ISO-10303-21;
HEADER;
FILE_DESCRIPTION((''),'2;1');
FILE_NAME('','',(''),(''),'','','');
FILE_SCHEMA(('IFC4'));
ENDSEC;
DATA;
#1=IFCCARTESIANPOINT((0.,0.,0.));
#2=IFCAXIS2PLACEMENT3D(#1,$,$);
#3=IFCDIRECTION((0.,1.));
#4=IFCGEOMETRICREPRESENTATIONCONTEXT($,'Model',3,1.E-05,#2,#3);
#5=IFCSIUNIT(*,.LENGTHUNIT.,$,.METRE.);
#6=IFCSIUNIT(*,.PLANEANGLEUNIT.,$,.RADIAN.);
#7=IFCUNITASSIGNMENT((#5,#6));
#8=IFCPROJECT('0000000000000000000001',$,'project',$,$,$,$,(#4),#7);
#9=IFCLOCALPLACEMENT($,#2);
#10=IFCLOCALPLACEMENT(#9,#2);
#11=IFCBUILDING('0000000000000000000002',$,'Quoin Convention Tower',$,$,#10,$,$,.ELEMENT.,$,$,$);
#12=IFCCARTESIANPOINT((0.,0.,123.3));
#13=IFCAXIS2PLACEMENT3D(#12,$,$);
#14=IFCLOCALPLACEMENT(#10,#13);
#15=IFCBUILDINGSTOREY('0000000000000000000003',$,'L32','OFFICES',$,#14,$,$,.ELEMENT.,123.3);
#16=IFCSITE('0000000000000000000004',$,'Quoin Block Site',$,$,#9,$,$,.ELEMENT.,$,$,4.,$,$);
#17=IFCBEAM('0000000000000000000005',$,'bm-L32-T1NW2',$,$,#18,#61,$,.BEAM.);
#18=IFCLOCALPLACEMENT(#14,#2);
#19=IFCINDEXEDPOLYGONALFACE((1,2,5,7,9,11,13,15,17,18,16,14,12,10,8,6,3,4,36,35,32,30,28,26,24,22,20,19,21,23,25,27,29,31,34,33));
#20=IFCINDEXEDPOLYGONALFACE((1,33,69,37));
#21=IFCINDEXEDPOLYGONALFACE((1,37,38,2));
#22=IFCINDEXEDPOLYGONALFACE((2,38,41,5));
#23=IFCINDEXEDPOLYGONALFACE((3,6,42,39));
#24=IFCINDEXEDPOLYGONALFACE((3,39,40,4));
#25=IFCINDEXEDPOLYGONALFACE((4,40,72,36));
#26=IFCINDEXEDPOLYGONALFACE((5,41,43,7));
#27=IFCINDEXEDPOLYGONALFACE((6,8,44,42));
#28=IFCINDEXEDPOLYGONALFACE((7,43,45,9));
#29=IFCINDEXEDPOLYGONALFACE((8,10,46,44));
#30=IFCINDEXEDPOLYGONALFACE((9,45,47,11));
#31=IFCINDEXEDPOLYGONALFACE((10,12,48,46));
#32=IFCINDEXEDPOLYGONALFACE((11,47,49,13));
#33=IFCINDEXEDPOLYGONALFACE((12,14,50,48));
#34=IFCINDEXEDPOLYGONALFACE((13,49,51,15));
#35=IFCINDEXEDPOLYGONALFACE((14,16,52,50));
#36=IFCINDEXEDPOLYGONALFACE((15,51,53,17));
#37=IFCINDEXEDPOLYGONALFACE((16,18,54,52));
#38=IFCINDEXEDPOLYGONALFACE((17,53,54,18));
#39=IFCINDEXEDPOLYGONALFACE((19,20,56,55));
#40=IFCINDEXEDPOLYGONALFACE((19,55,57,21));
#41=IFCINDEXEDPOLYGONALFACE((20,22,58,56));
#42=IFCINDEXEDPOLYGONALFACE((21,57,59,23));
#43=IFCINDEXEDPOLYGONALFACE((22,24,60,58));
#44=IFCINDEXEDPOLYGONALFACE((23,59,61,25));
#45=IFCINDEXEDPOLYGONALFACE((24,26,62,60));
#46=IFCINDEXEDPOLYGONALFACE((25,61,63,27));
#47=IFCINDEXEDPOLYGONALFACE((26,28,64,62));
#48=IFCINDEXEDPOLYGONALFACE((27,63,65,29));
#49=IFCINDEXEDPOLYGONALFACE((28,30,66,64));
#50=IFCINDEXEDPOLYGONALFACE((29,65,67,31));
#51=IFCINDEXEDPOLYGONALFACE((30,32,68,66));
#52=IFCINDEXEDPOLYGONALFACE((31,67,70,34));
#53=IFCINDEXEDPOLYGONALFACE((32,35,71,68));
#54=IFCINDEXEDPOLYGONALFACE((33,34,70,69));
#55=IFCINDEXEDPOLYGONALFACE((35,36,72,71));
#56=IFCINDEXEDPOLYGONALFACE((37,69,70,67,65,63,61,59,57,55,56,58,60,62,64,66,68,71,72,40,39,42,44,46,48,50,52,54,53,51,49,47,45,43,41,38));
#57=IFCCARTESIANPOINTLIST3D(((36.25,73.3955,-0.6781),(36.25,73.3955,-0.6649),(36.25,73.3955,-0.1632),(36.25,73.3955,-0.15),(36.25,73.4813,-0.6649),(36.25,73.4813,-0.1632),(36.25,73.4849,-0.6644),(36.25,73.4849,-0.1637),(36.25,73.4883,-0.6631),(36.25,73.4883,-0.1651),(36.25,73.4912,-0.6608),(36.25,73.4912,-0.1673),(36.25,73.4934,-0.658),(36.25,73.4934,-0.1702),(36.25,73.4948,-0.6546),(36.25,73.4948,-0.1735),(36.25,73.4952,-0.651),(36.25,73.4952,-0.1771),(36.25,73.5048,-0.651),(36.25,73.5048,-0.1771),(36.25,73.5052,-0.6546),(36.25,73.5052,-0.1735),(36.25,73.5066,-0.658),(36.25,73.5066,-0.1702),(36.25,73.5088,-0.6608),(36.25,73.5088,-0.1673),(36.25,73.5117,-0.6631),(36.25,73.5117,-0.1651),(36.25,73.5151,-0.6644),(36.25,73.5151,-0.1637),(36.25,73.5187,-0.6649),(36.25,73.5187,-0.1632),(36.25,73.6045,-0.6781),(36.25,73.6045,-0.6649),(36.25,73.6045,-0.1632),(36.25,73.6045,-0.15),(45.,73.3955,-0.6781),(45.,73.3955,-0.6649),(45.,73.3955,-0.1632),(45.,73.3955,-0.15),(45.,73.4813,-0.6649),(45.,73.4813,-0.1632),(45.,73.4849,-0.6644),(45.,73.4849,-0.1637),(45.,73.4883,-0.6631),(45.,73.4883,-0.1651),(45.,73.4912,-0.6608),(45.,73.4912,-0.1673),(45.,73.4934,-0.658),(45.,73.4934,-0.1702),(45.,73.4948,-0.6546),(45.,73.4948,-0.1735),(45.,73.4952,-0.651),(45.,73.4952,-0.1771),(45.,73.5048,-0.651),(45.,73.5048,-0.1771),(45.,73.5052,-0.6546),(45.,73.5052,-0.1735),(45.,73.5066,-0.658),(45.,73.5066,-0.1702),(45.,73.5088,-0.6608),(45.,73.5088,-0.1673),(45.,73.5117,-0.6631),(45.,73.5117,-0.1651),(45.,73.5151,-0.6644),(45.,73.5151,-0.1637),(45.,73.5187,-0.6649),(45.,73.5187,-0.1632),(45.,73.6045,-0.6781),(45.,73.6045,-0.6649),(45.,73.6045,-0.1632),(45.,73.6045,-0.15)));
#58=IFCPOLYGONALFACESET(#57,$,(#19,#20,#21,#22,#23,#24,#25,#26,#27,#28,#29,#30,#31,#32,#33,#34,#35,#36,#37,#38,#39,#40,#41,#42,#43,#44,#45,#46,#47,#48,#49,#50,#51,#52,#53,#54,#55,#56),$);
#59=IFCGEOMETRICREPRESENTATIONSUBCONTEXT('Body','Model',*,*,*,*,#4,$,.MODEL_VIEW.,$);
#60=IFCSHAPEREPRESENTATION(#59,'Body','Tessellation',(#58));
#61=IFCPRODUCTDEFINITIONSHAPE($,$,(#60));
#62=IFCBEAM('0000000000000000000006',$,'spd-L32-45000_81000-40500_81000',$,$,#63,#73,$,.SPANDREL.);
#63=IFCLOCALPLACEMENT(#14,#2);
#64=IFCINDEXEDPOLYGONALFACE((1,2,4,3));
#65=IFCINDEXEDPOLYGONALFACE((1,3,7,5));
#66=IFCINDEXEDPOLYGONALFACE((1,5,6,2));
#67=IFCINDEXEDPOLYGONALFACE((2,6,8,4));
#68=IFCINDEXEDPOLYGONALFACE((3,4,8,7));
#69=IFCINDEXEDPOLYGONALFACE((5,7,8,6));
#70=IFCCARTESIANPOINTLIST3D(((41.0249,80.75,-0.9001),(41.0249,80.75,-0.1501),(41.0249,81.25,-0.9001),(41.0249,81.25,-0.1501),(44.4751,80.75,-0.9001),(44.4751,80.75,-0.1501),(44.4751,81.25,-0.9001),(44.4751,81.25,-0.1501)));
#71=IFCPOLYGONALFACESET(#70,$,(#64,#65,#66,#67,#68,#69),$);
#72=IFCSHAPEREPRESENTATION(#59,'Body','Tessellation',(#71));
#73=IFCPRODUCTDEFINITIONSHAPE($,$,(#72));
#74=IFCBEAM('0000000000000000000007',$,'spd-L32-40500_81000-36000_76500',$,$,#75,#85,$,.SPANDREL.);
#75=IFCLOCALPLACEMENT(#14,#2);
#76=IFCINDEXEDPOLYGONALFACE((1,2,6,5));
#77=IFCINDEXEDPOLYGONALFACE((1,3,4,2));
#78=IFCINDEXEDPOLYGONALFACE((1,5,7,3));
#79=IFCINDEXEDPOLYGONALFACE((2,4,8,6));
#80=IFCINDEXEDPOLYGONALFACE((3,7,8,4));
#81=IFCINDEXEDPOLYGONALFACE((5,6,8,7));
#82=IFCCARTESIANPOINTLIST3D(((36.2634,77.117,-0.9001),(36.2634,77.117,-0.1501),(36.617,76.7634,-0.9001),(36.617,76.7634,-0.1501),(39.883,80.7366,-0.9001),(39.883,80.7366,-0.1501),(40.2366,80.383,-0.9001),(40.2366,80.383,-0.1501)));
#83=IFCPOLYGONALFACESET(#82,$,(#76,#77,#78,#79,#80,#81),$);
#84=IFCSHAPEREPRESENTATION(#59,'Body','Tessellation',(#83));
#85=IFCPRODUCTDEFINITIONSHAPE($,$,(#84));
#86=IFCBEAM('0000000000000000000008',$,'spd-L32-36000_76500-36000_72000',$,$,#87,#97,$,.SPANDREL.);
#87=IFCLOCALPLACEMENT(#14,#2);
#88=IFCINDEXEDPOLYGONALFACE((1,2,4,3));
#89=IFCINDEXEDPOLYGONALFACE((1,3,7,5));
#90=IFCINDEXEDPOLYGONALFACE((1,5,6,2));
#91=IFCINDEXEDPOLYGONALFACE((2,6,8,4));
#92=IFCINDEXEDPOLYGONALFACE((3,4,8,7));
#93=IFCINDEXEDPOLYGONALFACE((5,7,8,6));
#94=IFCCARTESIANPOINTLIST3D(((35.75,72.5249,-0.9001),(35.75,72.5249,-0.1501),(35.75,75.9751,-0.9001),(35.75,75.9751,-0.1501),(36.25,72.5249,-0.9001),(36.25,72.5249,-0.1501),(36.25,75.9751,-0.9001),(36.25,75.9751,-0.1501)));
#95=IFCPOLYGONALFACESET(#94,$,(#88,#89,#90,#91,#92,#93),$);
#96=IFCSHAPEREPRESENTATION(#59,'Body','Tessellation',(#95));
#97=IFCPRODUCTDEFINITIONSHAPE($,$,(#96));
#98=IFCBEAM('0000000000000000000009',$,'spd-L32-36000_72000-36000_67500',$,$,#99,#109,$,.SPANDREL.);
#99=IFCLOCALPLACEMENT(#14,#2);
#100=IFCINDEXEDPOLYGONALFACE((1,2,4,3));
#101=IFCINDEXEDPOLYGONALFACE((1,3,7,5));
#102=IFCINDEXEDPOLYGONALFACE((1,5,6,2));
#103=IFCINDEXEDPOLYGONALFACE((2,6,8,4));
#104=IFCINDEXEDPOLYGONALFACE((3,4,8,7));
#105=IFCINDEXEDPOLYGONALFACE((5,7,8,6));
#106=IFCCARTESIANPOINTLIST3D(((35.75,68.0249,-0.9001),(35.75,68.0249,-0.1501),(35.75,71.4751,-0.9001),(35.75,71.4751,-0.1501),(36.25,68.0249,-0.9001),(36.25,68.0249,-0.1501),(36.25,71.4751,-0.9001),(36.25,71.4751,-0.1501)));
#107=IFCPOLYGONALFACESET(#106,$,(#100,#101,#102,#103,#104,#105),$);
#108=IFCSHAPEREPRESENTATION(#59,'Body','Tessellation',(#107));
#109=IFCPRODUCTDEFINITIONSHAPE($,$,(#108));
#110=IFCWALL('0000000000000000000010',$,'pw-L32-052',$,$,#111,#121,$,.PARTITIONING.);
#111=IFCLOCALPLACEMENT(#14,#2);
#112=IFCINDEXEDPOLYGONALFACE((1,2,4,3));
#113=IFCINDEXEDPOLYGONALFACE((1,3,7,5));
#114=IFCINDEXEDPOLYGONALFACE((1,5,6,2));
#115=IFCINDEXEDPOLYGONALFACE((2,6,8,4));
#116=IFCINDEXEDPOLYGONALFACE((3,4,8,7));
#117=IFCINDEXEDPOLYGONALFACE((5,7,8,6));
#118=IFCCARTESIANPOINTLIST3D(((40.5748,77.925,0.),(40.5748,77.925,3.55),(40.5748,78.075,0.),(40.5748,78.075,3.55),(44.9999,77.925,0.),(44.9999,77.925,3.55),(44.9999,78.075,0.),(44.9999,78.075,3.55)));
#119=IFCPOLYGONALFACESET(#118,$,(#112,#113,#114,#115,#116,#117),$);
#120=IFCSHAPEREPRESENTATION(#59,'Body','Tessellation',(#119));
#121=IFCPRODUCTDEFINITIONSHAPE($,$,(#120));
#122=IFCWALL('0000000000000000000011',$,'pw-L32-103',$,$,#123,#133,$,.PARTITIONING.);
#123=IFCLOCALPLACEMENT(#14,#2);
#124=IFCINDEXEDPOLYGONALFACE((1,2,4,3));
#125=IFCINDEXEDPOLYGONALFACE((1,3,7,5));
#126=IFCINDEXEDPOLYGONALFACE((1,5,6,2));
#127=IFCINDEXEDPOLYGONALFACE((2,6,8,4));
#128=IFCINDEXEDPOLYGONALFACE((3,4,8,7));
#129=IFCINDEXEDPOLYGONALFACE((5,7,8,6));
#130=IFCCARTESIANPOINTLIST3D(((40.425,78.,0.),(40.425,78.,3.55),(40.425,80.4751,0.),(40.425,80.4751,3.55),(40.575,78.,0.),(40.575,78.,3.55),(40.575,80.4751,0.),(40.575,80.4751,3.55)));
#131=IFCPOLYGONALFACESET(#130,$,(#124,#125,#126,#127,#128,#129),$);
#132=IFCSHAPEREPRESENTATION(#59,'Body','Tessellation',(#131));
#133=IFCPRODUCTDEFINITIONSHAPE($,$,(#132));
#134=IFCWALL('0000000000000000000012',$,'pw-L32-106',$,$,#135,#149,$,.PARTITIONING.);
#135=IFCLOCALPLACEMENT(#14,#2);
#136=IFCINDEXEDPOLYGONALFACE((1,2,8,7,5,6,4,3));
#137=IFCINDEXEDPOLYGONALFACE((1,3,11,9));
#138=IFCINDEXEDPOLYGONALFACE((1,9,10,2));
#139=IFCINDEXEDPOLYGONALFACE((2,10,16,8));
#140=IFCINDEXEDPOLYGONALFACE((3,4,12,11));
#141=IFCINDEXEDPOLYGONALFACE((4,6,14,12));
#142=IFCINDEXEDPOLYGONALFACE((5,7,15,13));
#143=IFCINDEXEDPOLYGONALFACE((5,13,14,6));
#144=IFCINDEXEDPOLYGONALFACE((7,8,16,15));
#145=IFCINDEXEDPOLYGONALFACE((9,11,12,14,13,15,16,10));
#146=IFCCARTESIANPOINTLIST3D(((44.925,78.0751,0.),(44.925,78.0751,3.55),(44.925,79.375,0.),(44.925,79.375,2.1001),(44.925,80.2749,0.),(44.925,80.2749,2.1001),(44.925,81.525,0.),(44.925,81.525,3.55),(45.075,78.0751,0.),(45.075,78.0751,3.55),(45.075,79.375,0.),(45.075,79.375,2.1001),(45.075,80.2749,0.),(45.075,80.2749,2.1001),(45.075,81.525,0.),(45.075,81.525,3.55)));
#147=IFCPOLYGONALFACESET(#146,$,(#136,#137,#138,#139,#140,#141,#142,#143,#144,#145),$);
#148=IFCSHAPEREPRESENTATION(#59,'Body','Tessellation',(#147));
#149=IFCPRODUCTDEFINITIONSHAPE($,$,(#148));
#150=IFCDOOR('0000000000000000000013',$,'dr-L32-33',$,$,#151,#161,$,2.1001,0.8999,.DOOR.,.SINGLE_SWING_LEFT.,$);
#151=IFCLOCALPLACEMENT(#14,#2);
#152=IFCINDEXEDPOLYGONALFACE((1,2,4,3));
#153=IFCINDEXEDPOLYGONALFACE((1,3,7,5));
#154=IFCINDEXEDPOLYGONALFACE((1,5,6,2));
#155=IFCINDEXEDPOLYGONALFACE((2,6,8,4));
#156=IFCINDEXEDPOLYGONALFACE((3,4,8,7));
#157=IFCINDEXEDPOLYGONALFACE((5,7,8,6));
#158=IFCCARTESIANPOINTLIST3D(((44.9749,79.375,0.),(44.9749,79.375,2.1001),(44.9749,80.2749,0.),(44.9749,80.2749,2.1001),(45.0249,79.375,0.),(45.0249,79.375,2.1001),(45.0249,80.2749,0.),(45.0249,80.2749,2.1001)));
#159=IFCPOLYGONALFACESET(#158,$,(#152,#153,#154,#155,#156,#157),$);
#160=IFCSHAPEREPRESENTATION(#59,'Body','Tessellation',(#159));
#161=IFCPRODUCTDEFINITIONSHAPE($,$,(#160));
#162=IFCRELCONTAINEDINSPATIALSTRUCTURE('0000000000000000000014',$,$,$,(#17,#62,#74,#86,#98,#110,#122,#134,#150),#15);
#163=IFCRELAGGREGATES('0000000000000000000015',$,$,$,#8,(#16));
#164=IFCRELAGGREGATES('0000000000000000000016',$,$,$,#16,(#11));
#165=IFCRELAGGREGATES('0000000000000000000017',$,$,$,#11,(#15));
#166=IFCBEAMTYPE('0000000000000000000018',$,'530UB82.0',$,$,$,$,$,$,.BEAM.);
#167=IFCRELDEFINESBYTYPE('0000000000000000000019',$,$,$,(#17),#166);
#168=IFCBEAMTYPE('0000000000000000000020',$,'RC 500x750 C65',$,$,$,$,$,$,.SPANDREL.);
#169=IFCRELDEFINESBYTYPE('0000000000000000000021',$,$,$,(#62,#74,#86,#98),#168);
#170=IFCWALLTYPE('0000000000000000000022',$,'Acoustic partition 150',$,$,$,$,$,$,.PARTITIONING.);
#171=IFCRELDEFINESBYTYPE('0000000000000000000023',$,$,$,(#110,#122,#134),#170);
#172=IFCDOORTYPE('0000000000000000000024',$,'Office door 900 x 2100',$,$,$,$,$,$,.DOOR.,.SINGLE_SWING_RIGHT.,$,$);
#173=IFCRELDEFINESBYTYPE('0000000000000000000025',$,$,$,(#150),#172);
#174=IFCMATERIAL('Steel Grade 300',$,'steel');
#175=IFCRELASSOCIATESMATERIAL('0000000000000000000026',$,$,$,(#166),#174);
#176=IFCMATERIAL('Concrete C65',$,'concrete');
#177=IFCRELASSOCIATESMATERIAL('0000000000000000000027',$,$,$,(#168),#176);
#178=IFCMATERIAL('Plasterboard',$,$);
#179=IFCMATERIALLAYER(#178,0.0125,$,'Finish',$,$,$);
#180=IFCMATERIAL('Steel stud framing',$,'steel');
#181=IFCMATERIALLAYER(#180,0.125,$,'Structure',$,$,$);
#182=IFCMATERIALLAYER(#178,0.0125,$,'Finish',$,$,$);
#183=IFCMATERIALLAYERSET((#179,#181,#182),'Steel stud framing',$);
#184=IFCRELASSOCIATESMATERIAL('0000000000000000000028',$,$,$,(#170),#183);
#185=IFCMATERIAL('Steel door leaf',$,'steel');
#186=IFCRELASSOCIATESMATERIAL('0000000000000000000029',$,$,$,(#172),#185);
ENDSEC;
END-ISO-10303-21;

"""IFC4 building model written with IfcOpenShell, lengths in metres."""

from ifc_helpers import new_model, si_unit, direction, frame, frame_2d, origin, origin_2d, place, context, subcontext, project, spatial, rectangle, i_section, extrude, material, layer, layer_set, material_profile, profile_set, type_object, element, fill, save


model = new_model("IFC4")

# Units and contexts
model_context = context("Model", 3, precision=1e-05, world=origin(), true_north=direction((0.0, 1.0)))
body_context = subcontext(model_context, "Body", "Model", "MODEL_VIEW")
ifc_project = project(units=[si_unit("LENGTHUNIT", "METRE"), si_unit("PLANEANGLEUNIT", "RADIAN")], contexts=[model_context])

# Site, building, storey
site_placement = place(None, origin())
site = spatial("IfcSite", under=ifc_project, at=site_placement, Name="Quoin Block Site", CompositionType="ELEMENT", RefElevation=4.0)
building_placement = place(site_placement, origin())
building = spatial("IfcBuilding", under=site, at=building_placement, Name="Quoin Convention Tower", CompositionType="ELEMENT")
storey_placement = place(building_placement, frame((0.0, 0.0, 123.3)))
storey = spatial("IfcBuildingStorey", under=building, at=storey_placement, Name="L32", Description="OFFICES", CompositionType="ELEMENT", Elevation=123.3)

# Shared definitions
ifc_material_1 = material(Name="Concrete C65", Category="concrete")

# Beams
ifc_material_2 = material(Name="Steel Grade 300", Category="steel")
ifc_material_profile_1 = material_profile(ifc_material_2, i_section(OverallWidth=0.209, OverallDepth=0.5281, WebThickness=0.0095, FlangeThickness=0.0132, FilletRadius=0.0139, at=origin_2d()), Name="530UB82.0")
ifc_profile_set_1 = profile_set([ifc_material_profile_1], Name="Steel Grade 300")
beam_type_1 = type_object("IfcBeamType", Name="530UB82.0", PredefinedType="BEAM", material=ifc_profile_set_1)
beam_1_placement = place(storey_placement, frame((36.25, 73.5, -0.4141), z_axis=(1.0, 0.0, 0.0), x_axis=(0.0, 1.0, 0.0)))
element("IfcBeam", 1, at=beam_1_placement, inside=storey, type_object=beam_type_1, Name="bm-L32-T1NW2", PredefinedType="BEAM", context=body_context, shape_type="SweptSolid", body=[
    extrude(i_section(OverallWidth=0.209, OverallDepth=0.5281, WebThickness=0.0095, FlangeThickness=0.0132, FilletRadius=0.0139, at=origin_2d()), origin(), (0.0, 0.0, 1.0), 8.75),
])
ifc_material_profile_2 = material_profile(ifc_material_1, rectangle(XDim=0.5, YDim=0.75, at=origin_2d()), Name="RC 500x750")
ifc_profile_set_2 = profile_set([ifc_material_profile_2], Name="Concrete C65")
beam_type_2 = type_object("IfcBeamType", Name="RC 500x750 C65", PredefinedType="SPANDREL", material=ifc_profile_set_2)
beam_2_placement = place(storey_placement, frame((44.4751, 81.0, -0.5251), z_axis=(-1.0, 0.0, 0.0), x_axis=(0.0, -1.0, 0.0)))
element("IfcBeam", 2, at=beam_2_placement, inside=storey, type_object=beam_type_2, Name="spd-L32-45000_81000-40500_81000", PredefinedType="SPANDREL", context=body_context, shape_type="SweptSolid", body=[
    extrude(rectangle(XDim=0.5, YDim=0.75, at=origin_2d()), origin(), (0.0, 0.0, 1.0), 3.4502),
])
beam_3_placement = place(storey_placement, frame((40.0598, 80.5598, -0.5251), z_axis=(-0.707107, -0.707107, 0.0), x_axis=(0.707107, -0.707107, 0.0)))
element("IfcBeam", 3, at=beam_3_placement, inside=storey, type_object=beam_type_2, Name="spd-L32-40500_81000-36000_76500", PredefinedType="SPANDREL", context=body_context, shape_type="SweptSolid", body=[
    extrude(rectangle(XDim=0.5, YDim=0.75, at=origin_2d()), origin(), (0.0, 0.0, 1.0), 5.1189),
])
for number, where, z_axis, x_axis, name in (
    (4, (36.0, 75.9751, -0.5251), (0.0, -1.0, 0.0), (1.0, 0.0, 0.0), "spd-L32-36000_76500-36000_72000"),
    (5, (36.0, 71.4751, -0.5251), (0.0, -1.0, 0.0), (1.0, 0.0, 0.0), "spd-L32-36000_72000-36000_67500"),
):
    element("IfcBeam", number, at=place(storey_placement, frame(where, z_axis=z_axis, x_axis=x_axis)), inside=storey, type_object=beam_type_2, Name=name, PredefinedType="SPANDREL", context=body_context, shape_type="SweptSolid", body=[
        extrude(rectangle(XDim=0.5, YDim=0.75, at=origin_2d()), origin(), (0.0, 0.0, 1.0), 3.4502),
    ])

# Walls
ifc_material_3 = material(Name="Plasterboard")
ifc_layer_1 = layer(ifc_material_3, 0.0125, Name="Finish")
ifc_material_4 = material(Name="Steel stud framing", Category="steel")
ifc_layer_2 = layer(ifc_material_4, 0.125, Name="Structure")
ifc_layer_3 = layer(ifc_material_3, 0.0125, Name="Finish")
ifc_layer_set_1 = layer_set([ifc_layer_1, ifc_layer_2, ifc_layer_3], Name="Steel stud framing")
wall_type_1 = type_object("IfcWallType", Name="Acoustic partition 150", PredefinedType="PARTITIONING", material=ifc_layer_set_1)
wall_1_placement = place(storey_placement, frame((40.575, 78.0, 0.0), z_axis=(0.0, 0.0, 1.0), x_axis=(1.0, 0.0, 0.0)))
element("IfcWall", 6, at=wall_1_placement, inside=storey, type_object=wall_type_1, Name="pw-L32-052", PredefinedType="PARTITIONING", context=body_context, shape_type="SweptSolid", body=[
    extrude(rectangle(XDim=4.425, YDim=0.1499, at=frame_2d((2.2124, 0.0))), origin(), (0.0, 0.0, 1.0), 3.55),
])
wall_2_placement = place(storey_placement, frame((40.5, 78.0, 0.0), z_axis=(0.0, 0.0, 1.0), x_axis=(0.0, 1.0, 0.0)))
element("IfcWall", 7, at=wall_2_placement, inside=storey, type_object=wall_type_1, Name="pw-L32-103", PredefinedType="PARTITIONING", context=body_context, shape_type="SweptSolid", body=[
    extrude(rectangle(XDim=2.4751, YDim=0.1499, at=frame_2d((1.2375, 0.0))), origin(), (0.0, 0.0, 1.0), 3.55),
])

# Wall, opening, door
wall_3_placement = place(storey_placement, frame((45.0, 78.075, 0.0), z_axis=(0.0, 0.0, 1.0), x_axis=(0.0, 1.0, 0.0)))
wall_3 = element("IfcWall", 8, at=wall_3_placement, inside=storey, type_object=wall_type_1, Name="pw-L32-106", PredefinedType="PARTITIONING", context=body_context, shape_type="SweptSolid", body=[
    extrude(rectangle(XDim=3.45, YDim=0.1499, at=frame_2d((1.7251, 0.0))), origin(), (0.0, 0.0, 1.0), 3.55),
])
opening_1_placement = place(wall_3_placement, frame((1.3, 0.0, 0.0)))
opening_1 = element("IfcOpeningElement", 9, at=opening_1_placement, cuts=wall_3, PredefinedType="OPENING", context=body_context, shape_type="SweptSolid", body=[
    extrude(rectangle(XDim=0.8999, YDim=2.1001, at=frame_2d((0.45, 1.05))), frame((0.0, 0.085, 0.0), z_axis=(0.0, -1.0, 0.0), x_axis=(1.0, 0.0, 0.0)), (0.0, 0.0, 1.0), 0.1699),
])
ifc_material_5 = material(Name="Steel door leaf", Category="steel")
door_type_1 = type_object("IfcDoorType", Name="Office door 900 x 2100", OperationType="SINGLE_SWING_RIGHT", PredefinedType="DOOR", material=ifc_material_5)
door_1_placement = place(opening_1_placement, frame((0.8999, 0.0, 0.0), z_axis=(0.0, 0.0, 1.0), x_axis=(-1.0, 0.0, 0.0)))
door_1 = element("IfcDoor", 10, at=door_1_placement, inside=storey, type_object=door_type_1, Name="dr-L32-33", OperationType="SINGLE_SWING_LEFT", OverallHeight=2.1001, OverallWidth=0.8999, PredefinedType="DOOR", context=body_context, shape_type="SweptSolid", body=[
    extrude(rectangle(XDim=0.8999, YDim=2.1001, at=frame_2d((0.45, 1.05))), frame((0.0, 0.0249, 0.0), z_axis=(0.0, -1.0, 0.0), x_axis=(1.0, 0.0, 0.0)), (0.0, 0.0, 1.0), 0.05),
])
fill(opening_1, door_1)

save(model, "model.ifc")
